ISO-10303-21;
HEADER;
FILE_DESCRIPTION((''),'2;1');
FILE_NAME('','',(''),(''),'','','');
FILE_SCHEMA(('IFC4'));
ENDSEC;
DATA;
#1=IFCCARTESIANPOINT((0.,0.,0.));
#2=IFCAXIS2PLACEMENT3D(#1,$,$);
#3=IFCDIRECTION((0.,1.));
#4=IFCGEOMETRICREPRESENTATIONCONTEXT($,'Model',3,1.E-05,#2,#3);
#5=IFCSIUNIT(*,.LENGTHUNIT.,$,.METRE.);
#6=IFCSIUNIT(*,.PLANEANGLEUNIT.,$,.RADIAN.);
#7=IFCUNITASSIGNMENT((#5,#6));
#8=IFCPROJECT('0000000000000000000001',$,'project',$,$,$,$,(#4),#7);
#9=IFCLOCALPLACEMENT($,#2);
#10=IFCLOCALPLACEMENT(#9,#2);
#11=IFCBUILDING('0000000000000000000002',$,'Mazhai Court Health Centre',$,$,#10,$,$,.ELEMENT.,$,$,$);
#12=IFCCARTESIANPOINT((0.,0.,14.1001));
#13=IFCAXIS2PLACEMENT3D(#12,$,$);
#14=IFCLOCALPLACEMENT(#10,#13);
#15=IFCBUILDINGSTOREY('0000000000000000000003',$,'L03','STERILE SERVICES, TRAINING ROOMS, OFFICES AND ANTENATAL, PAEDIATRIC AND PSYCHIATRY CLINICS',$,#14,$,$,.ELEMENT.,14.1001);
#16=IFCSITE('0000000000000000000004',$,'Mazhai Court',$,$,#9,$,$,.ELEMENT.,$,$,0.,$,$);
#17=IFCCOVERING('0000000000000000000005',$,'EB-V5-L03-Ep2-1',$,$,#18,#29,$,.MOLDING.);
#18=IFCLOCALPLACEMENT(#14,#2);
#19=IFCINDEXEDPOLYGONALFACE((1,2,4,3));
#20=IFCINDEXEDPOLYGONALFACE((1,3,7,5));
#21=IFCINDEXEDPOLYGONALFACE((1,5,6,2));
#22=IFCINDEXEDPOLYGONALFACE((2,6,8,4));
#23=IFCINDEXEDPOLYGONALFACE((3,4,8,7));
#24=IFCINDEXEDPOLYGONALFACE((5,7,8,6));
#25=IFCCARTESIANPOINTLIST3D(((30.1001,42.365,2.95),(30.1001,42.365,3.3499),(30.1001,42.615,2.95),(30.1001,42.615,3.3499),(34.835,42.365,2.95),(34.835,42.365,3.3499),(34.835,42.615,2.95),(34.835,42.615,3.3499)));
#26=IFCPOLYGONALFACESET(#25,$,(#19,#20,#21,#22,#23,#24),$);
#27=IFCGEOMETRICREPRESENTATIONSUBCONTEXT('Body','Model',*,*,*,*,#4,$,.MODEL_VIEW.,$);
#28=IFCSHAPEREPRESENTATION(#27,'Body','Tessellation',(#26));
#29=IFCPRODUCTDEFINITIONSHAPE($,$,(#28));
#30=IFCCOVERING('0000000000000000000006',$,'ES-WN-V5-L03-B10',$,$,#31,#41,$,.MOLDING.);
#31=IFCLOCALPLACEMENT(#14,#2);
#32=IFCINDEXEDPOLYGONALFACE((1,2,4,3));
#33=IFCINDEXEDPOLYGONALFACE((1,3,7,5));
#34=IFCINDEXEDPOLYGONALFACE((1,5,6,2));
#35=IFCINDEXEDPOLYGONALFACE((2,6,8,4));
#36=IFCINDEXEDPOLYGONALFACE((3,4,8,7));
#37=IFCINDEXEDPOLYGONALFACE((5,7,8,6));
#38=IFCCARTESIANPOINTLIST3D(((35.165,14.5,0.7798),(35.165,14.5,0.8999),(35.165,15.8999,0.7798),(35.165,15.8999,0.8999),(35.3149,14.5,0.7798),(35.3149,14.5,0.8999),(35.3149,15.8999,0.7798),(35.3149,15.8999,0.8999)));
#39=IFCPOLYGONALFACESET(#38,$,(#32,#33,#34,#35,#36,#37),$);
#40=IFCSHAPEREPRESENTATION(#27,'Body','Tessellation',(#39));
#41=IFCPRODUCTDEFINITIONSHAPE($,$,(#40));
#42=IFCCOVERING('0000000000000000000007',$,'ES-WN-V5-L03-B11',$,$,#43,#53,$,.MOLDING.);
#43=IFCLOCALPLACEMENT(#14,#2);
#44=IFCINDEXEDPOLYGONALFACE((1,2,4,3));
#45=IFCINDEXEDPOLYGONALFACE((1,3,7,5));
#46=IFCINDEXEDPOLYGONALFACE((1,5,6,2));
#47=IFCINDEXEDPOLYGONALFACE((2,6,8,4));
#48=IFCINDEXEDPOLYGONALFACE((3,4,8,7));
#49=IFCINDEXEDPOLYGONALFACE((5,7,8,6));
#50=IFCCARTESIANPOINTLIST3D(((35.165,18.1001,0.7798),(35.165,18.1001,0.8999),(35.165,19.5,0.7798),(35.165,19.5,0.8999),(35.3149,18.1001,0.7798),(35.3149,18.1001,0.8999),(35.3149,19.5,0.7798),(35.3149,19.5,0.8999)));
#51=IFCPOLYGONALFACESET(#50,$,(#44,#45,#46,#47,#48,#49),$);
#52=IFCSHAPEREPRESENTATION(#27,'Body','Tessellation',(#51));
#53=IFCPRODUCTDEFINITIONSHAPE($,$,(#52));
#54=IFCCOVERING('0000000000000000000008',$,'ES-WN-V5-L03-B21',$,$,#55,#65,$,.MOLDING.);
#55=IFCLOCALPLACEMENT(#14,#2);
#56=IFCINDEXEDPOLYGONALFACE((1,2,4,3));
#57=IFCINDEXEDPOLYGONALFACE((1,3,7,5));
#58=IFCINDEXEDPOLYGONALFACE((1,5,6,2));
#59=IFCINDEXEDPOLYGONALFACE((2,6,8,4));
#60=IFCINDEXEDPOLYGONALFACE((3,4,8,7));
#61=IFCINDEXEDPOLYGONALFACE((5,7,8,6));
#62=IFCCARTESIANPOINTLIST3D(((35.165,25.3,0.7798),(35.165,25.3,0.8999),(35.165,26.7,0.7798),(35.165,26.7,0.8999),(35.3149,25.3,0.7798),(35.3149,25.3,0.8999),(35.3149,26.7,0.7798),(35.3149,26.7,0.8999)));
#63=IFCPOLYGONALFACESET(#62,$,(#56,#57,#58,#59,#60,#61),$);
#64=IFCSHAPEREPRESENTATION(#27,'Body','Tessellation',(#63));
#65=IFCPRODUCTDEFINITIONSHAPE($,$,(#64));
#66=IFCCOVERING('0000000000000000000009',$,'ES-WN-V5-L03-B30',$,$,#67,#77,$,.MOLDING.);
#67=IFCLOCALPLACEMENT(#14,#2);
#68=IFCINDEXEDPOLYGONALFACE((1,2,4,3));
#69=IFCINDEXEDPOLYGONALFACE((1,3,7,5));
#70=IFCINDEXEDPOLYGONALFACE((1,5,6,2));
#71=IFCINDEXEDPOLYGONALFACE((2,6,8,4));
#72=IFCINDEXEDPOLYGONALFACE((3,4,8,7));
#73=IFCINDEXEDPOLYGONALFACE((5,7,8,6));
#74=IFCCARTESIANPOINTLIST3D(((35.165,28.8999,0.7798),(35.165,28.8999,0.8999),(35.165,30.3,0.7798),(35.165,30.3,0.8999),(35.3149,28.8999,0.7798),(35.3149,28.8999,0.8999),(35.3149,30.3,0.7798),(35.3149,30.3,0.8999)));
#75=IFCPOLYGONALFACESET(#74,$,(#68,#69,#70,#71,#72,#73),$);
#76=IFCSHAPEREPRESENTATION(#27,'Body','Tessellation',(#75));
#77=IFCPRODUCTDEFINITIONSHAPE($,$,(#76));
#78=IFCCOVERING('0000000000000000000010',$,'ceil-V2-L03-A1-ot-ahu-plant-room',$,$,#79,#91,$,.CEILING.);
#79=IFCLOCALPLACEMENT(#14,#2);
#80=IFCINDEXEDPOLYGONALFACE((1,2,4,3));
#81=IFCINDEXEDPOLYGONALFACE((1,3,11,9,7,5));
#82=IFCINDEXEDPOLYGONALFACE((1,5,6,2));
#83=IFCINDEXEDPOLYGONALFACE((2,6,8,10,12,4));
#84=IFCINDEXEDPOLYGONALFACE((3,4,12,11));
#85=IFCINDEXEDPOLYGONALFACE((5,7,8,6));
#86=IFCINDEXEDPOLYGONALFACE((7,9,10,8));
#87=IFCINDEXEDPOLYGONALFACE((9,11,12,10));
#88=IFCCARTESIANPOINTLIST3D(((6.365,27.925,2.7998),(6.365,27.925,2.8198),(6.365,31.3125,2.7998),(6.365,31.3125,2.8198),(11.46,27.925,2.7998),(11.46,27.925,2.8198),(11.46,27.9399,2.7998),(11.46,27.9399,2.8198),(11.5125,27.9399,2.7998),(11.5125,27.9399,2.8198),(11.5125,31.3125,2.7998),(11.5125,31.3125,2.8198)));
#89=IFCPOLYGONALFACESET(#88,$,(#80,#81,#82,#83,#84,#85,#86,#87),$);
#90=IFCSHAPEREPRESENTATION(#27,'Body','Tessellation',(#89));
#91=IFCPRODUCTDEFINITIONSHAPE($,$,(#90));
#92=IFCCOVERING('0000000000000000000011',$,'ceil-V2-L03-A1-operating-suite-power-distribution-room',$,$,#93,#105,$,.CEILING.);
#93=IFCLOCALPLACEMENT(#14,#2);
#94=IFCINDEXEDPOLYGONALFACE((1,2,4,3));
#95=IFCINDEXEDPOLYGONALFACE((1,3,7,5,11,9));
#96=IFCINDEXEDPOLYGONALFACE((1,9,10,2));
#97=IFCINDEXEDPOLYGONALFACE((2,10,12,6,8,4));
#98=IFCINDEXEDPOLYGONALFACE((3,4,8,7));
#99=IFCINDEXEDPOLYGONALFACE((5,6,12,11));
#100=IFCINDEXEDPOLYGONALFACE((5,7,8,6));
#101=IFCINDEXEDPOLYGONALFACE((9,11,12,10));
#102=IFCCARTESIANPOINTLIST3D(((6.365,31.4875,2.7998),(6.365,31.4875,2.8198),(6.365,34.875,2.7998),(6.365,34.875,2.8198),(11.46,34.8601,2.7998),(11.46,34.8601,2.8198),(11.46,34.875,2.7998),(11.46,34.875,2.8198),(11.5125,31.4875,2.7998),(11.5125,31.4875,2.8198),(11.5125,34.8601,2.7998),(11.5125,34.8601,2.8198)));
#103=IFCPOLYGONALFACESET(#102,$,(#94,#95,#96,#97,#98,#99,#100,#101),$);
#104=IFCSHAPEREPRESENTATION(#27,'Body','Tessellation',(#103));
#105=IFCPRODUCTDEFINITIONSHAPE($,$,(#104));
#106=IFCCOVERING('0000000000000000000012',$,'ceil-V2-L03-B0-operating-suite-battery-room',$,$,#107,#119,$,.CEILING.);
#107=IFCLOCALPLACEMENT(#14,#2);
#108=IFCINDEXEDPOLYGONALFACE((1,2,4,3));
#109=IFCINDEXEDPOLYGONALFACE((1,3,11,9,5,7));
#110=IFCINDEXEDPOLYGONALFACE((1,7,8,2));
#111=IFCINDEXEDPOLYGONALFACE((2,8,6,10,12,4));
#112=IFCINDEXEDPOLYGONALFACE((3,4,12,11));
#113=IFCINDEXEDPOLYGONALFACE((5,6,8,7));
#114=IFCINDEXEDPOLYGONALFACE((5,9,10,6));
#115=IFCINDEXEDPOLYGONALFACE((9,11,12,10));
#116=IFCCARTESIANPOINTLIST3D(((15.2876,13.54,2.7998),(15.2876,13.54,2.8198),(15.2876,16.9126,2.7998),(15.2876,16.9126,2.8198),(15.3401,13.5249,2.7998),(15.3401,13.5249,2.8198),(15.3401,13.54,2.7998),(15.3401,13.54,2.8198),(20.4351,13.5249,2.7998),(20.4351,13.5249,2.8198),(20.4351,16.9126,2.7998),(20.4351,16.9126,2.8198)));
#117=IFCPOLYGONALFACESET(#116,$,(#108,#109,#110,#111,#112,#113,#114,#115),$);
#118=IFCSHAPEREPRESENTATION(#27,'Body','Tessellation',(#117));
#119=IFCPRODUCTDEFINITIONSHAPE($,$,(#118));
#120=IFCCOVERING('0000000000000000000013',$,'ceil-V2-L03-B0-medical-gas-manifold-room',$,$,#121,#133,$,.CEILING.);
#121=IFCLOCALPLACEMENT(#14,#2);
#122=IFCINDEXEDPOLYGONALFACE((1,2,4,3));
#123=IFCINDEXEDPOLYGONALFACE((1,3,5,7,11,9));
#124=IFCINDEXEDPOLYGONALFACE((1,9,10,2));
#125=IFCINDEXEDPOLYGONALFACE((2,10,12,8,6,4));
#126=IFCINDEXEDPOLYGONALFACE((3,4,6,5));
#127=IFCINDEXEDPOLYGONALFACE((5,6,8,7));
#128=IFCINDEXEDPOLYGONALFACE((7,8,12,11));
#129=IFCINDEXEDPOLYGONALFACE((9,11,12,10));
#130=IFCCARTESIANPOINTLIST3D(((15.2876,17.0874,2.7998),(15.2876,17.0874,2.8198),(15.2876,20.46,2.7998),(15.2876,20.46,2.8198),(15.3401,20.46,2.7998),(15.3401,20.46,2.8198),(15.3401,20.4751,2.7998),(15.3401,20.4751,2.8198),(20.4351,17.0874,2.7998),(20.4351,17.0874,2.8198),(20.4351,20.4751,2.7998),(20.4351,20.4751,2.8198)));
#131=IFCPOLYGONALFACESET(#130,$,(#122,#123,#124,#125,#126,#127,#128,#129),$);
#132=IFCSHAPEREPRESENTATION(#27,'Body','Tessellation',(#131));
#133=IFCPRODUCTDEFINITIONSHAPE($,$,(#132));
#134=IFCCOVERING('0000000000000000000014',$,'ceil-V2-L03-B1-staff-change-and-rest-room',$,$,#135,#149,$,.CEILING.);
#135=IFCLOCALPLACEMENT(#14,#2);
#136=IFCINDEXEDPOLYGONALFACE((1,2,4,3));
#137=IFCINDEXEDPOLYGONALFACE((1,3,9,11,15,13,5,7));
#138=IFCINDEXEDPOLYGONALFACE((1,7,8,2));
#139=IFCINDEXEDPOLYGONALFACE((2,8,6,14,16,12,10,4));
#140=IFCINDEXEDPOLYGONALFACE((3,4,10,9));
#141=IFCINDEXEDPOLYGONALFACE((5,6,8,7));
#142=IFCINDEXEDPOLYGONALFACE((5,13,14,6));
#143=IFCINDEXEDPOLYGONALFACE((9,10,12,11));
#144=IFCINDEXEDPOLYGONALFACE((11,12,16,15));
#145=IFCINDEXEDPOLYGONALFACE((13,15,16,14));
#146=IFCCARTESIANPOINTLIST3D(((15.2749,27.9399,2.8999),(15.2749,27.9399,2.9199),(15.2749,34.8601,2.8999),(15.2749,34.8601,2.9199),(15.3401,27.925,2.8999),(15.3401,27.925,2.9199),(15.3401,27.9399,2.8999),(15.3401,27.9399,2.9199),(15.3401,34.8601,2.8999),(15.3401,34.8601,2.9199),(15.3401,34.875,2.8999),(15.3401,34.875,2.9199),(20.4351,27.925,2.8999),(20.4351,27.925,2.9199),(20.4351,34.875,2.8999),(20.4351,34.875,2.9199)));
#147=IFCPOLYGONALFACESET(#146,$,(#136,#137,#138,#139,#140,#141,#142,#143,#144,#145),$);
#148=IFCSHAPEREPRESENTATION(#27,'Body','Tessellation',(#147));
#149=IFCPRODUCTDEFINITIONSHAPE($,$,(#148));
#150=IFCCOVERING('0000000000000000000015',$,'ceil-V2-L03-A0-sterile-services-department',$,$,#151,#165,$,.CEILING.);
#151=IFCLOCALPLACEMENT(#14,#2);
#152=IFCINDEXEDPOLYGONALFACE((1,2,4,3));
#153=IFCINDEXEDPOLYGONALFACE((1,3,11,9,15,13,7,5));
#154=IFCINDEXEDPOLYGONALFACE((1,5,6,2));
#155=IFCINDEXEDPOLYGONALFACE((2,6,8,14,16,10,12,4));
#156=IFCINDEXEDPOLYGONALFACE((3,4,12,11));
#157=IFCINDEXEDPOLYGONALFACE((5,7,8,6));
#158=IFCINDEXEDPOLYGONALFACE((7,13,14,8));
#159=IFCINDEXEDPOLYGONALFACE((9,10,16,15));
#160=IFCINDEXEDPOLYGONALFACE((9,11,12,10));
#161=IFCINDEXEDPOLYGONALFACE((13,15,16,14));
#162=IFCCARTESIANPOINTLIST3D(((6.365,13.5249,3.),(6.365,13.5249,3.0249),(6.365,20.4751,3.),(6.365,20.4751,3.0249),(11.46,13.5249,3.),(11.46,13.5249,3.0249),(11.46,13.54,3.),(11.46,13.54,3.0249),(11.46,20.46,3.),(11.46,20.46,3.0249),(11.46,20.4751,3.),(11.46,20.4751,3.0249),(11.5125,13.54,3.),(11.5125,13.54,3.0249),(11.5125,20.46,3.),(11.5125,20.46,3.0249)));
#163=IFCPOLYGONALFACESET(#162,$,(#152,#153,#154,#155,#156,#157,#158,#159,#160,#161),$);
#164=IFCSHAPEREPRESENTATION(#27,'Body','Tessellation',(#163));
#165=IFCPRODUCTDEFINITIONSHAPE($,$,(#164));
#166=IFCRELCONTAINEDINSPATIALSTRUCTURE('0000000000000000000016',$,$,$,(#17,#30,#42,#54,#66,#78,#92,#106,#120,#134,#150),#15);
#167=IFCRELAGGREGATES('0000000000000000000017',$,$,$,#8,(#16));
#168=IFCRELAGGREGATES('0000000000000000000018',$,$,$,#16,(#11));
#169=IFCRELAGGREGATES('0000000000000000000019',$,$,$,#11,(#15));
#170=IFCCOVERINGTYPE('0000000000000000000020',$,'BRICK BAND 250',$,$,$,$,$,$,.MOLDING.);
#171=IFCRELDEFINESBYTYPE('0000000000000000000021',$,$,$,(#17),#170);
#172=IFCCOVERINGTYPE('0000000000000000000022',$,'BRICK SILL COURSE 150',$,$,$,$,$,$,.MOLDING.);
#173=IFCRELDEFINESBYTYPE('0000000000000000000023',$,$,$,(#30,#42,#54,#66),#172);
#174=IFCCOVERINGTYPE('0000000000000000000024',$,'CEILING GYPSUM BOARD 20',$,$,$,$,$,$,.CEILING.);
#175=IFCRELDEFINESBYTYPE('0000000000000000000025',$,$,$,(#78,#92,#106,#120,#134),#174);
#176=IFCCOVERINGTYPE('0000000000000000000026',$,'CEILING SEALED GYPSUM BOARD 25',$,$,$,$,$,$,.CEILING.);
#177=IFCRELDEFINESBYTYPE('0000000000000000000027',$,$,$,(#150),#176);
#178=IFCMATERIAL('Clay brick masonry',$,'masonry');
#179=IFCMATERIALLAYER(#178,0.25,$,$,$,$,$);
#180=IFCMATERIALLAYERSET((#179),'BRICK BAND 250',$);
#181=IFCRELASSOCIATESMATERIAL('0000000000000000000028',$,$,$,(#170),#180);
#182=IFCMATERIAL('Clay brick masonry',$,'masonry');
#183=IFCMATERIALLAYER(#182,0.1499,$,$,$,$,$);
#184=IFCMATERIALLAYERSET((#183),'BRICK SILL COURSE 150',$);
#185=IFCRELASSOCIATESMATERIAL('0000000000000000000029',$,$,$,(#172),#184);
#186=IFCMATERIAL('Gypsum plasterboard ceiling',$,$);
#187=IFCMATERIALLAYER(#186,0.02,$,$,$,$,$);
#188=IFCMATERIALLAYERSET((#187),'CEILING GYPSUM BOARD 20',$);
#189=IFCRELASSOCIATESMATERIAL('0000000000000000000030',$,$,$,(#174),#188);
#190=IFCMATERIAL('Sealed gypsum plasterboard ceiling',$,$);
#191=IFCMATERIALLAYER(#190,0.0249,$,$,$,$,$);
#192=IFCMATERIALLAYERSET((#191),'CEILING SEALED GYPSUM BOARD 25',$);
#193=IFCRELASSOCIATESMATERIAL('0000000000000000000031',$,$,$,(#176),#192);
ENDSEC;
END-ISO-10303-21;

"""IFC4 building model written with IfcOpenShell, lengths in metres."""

from ifc_helpers import new_model, si_unit, direction, frame, origin, place, context, subcontext, project, spatial, polyline, outline, extrude, material, layer, layer_set, type_object, element, save


model = new_model("IFC4")

# Units and contexts
model_context = context("Model", 3, precision=1e-05, world=origin(), true_north=direction((0.0, 1.0)))
body_context = subcontext(model_context, "Body", "Model", "MODEL_VIEW")
ifc_project = project(units=[si_unit("LENGTHUNIT", "METRE"), si_unit("PLANEANGLEUNIT", "RADIAN")], contexts=[model_context])

# Site, building, storey
site_placement = place(None, origin())
site = spatial("IfcSite", under=ifc_project, at=site_placement, Name="Mazhai Court", CompositionType="ELEMENT", RefElevation=0.0)
building_placement = place(site_placement, origin())
building = spatial("IfcBuilding", under=site, at=building_placement, Name="Mazhai Court Health Centre", CompositionType="ELEMENT")
storey_placement = place(building_placement, frame((0.0, 0.0, 14.1001)))
storey = spatial("IfcBuildingStorey", under=building, at=storey_placement, Name="L03", Description="STERILE SERVICES, TRAINING ROOMS, OFFICES AND ANTENATAL, PAEDIATRIC AND PSYCHIATRY CLINICS", CompositionType="ELEMENT", Elevation=14.1001)

# Coverings
ifc_material_1 = material(Name="Clay brick masonry", Category="masonry")
ifc_layer_1 = layer(ifc_material_1, 0.25)
ifc_layer_set_1 = layer_set([ifc_layer_1], Name="BRICK BAND 250")
covering_type_1 = type_object("IfcCoveringType", Name="BRICK BAND 250", PredefinedType="MOLDING", material=ifc_layer_set_1)
covering_1_placement = place(storey_placement, frame((0.0, 0.0, 2.95)))
element("IfcCovering", 1, at=covering_1_placement, inside=storey, type_object=covering_type_1, Name="EB-V5-L03-Ep2-1", PredefinedType="MOLDING", context=body_context, shape_type="SweptSolid", body=[
    extrude(outline(polyline([(30.1001, 42.365), (34.835, 42.365), (34.835, 42.615), (30.1001, 42.615), (30.1001, 42.365)])), origin(), (0.0, 0.0, 1.0), 0.3999),
])
ifc_material_2 = material(Name="Clay brick masonry", Category="masonry")
ifc_layer_2 = layer(ifc_material_2, 0.1499)
ifc_layer_set_2 = layer_set([ifc_layer_2], Name="BRICK SILL COURSE 150")
covering_type_2 = type_object("IfcCoveringType", Name="BRICK SILL COURSE 150", PredefinedType="MOLDING", material=ifc_layer_set_2)
covering_2_placement = place(storey_placement, frame((0.0, 0.0, 0.7798)))
element("IfcCovering", 2, at=covering_2_placement, inside=storey, type_object=covering_type_2, Name="ES-WN-V5-L03-B10", PredefinedType="MOLDING", context=body_context, shape_type="SweptSolid", body=[
    extrude(outline(polyline([(35.165, 15.8999), (35.165, 14.5), (35.3149, 14.5), (35.3149, 15.8999), (35.165, 15.8999)])), origin(), (0.0, 0.0, 1.0), 0.1201),
])
covering_3_placement = place(storey_placement, frame((0.0, 0.0, 0.7798)))
element("IfcCovering", 3, at=covering_3_placement, inside=storey, type_object=covering_type_2, Name="ES-WN-V5-L03-B11", PredefinedType="MOLDING", context=body_context, shape_type="SweptSolid", body=[
    extrude(outline(polyline([(35.165, 19.5), (35.165, 18.1001), (35.3149, 18.1001), (35.3149, 19.5), (35.165, 19.5)])), origin(), (0.0, 0.0, 1.0), 0.1201),
])
covering_4_placement = place(storey_placement, frame((0.0, 0.0, 0.7798)))
element("IfcCovering", 4, at=covering_4_placement, inside=storey, type_object=covering_type_2, Name="ES-WN-V5-L03-B21", PredefinedType="MOLDING", context=body_context, shape_type="SweptSolid", body=[
    extrude(outline(polyline([(35.165, 26.7), (35.165, 25.3), (35.3149, 25.3), (35.3149, 26.7), (35.165, 26.7)])), origin(), (0.0, 0.0, 1.0), 0.1201),
])
covering_5_placement = place(storey_placement, frame((0.0, 0.0, 0.7798)))
element("IfcCovering", 5, at=covering_5_placement, inside=storey, type_object=covering_type_2, Name="ES-WN-V5-L03-B30", PredefinedType="MOLDING", context=body_context, shape_type="SweptSolid", body=[
    extrude(outline(polyline([(35.165, 30.3), (35.165, 28.8999), (35.3149, 28.8999), (35.3149, 30.3), (35.165, 30.3)])), origin(), (0.0, 0.0, 1.0), 0.1201),
])
ifc_material_3 = material(Name="Gypsum plasterboard ceiling")
ifc_layer_3 = layer(ifc_material_3, 0.02)
ifc_layer_set_3 = layer_set([ifc_layer_3], Name="CEILING GYPSUM BOARD 20")
covering_type_3 = type_object("IfcCoveringType", Name="CEILING GYPSUM BOARD 20", PredefinedType="CEILING", material=ifc_layer_set_3)
covering_6_placement = place(storey_placement, frame((0.0, 0.0, 2.7998)))
element("IfcCovering", 6, at=covering_6_placement, inside=storey, type_object=covering_type_3, Name="ceil-V2-L03-A1-ot-ahu-plant-room", PredefinedType="CEILING", context=body_context, shape_type="SweptSolid", body=[
    extrude(outline(polyline([(11.46, 27.925), (11.46, 27.9399), (11.5125, 27.9399), (11.5125, 31.3125), (6.365, 31.3125), (6.365, 27.925), (11.46, 27.925)])), origin(), (0.0, 0.0, 1.0), 0.02),
])
covering_7_placement = place(storey_placement, frame((0.0, 0.0, 2.7998)))
element("IfcCovering", 7, at=covering_7_placement, inside=storey, type_object=covering_type_3, Name="ceil-V2-L03-A1-operating-suite-power-distribution-room", PredefinedType="CEILING", context=body_context, shape_type="SweptSolid", body=[
    extrude(outline(polyline([(11.5125, 34.8601), (11.46, 34.8601), (11.46, 34.875), (6.365, 34.875), (6.365, 31.4875), (11.5125, 31.4875), (11.5125, 34.8601)])), origin(), (0.0, 0.0, 1.0), 0.02),
])
covering_8_placement = place(storey_placement, frame((0.0, 0.0, 2.7998)))
element("IfcCovering", 8, at=covering_8_placement, inside=storey, type_object=covering_type_3, Name="ceil-V2-L03-B0-operating-suite-battery-room", PredefinedType="CEILING", context=body_context, shape_type="SweptSolid", body=[
    extrude(outline(polyline([(15.2876, 13.54), (15.3401, 13.54), (15.3401, 13.5249), (20.4351, 13.5249), (20.4351, 16.9126), (15.2876, 16.9126), (15.2876, 13.54)])), origin(), (0.0, 0.0, 1.0), 0.02),
])
covering_9_placement = place(storey_placement, frame((0.0, 0.0, 2.7998)))
element("IfcCovering", 9, at=covering_9_placement, inside=storey, type_object=covering_type_3, Name="ceil-V2-L03-B0-medical-gas-manifold-room", PredefinedType="CEILING", context=body_context, shape_type="SweptSolid", body=[
    extrude(outline(polyline([(15.3401, 20.4751), (15.3401, 20.46), (15.2876, 20.46), (15.2876, 17.0874), (20.4351, 17.0874), (20.4351, 20.4751), (15.3401, 20.4751)])), origin(), (0.0, 0.0, 1.0), 0.02),
])
covering_10_placement = place(storey_placement, frame((0.0, 0.0, 2.8999)))
element("IfcCovering", 10, at=covering_10_placement, inside=storey, type_object=covering_type_3, Name="ceil-V2-L03-B1-staff-change-and-rest-room", PredefinedType="CEILING", context=body_context, shape_type="SweptSolid", body=[
    extrude(outline(polyline([(15.3401, 34.875), (15.3401, 34.8601), (15.2749, 34.8601), (15.2749, 27.9399), (15.3401, 27.9399), (15.3401, 27.925), (20.4351, 27.925), (20.4351, 34.875), (15.3401, 34.875)])), origin(), (0.0, 0.0, 1.0), 0.02),
])
ifc_material_4 = material(Name="Sealed gypsum plasterboard ceiling")
ifc_layer_4 = layer(ifc_material_4, 0.0249)
ifc_layer_set_4 = layer_set([ifc_layer_4], Name="CEILING SEALED GYPSUM BOARD 25")
covering_type_4 = type_object("IfcCoveringType", Name="CEILING SEALED GYPSUM BOARD 25", PredefinedType="CEILING", material=ifc_layer_set_4)
covering_11_placement = place(storey_placement, frame((0.0, 0.0, 3.0)))
element("IfcCovering", 11, at=covering_11_placement, inside=storey, type_object=covering_type_4, Name="ceil-V2-L03-A0-sterile-services-department", PredefinedType="CEILING", context=body_context, shape_type="SweptSolid", body=[
    extrude(outline(polyline([(11.5125, 20.46), (11.46, 20.46), (11.46, 20.4751), (6.365, 20.4751), (6.365, 13.5249), (11.46, 13.5249), (11.46, 13.54), (11.5125, 13.54), (11.5125, 20.46)])), origin(), (0.0, 0.0, 1.0), 0.0249),
])

save(model, "model.ifc")
